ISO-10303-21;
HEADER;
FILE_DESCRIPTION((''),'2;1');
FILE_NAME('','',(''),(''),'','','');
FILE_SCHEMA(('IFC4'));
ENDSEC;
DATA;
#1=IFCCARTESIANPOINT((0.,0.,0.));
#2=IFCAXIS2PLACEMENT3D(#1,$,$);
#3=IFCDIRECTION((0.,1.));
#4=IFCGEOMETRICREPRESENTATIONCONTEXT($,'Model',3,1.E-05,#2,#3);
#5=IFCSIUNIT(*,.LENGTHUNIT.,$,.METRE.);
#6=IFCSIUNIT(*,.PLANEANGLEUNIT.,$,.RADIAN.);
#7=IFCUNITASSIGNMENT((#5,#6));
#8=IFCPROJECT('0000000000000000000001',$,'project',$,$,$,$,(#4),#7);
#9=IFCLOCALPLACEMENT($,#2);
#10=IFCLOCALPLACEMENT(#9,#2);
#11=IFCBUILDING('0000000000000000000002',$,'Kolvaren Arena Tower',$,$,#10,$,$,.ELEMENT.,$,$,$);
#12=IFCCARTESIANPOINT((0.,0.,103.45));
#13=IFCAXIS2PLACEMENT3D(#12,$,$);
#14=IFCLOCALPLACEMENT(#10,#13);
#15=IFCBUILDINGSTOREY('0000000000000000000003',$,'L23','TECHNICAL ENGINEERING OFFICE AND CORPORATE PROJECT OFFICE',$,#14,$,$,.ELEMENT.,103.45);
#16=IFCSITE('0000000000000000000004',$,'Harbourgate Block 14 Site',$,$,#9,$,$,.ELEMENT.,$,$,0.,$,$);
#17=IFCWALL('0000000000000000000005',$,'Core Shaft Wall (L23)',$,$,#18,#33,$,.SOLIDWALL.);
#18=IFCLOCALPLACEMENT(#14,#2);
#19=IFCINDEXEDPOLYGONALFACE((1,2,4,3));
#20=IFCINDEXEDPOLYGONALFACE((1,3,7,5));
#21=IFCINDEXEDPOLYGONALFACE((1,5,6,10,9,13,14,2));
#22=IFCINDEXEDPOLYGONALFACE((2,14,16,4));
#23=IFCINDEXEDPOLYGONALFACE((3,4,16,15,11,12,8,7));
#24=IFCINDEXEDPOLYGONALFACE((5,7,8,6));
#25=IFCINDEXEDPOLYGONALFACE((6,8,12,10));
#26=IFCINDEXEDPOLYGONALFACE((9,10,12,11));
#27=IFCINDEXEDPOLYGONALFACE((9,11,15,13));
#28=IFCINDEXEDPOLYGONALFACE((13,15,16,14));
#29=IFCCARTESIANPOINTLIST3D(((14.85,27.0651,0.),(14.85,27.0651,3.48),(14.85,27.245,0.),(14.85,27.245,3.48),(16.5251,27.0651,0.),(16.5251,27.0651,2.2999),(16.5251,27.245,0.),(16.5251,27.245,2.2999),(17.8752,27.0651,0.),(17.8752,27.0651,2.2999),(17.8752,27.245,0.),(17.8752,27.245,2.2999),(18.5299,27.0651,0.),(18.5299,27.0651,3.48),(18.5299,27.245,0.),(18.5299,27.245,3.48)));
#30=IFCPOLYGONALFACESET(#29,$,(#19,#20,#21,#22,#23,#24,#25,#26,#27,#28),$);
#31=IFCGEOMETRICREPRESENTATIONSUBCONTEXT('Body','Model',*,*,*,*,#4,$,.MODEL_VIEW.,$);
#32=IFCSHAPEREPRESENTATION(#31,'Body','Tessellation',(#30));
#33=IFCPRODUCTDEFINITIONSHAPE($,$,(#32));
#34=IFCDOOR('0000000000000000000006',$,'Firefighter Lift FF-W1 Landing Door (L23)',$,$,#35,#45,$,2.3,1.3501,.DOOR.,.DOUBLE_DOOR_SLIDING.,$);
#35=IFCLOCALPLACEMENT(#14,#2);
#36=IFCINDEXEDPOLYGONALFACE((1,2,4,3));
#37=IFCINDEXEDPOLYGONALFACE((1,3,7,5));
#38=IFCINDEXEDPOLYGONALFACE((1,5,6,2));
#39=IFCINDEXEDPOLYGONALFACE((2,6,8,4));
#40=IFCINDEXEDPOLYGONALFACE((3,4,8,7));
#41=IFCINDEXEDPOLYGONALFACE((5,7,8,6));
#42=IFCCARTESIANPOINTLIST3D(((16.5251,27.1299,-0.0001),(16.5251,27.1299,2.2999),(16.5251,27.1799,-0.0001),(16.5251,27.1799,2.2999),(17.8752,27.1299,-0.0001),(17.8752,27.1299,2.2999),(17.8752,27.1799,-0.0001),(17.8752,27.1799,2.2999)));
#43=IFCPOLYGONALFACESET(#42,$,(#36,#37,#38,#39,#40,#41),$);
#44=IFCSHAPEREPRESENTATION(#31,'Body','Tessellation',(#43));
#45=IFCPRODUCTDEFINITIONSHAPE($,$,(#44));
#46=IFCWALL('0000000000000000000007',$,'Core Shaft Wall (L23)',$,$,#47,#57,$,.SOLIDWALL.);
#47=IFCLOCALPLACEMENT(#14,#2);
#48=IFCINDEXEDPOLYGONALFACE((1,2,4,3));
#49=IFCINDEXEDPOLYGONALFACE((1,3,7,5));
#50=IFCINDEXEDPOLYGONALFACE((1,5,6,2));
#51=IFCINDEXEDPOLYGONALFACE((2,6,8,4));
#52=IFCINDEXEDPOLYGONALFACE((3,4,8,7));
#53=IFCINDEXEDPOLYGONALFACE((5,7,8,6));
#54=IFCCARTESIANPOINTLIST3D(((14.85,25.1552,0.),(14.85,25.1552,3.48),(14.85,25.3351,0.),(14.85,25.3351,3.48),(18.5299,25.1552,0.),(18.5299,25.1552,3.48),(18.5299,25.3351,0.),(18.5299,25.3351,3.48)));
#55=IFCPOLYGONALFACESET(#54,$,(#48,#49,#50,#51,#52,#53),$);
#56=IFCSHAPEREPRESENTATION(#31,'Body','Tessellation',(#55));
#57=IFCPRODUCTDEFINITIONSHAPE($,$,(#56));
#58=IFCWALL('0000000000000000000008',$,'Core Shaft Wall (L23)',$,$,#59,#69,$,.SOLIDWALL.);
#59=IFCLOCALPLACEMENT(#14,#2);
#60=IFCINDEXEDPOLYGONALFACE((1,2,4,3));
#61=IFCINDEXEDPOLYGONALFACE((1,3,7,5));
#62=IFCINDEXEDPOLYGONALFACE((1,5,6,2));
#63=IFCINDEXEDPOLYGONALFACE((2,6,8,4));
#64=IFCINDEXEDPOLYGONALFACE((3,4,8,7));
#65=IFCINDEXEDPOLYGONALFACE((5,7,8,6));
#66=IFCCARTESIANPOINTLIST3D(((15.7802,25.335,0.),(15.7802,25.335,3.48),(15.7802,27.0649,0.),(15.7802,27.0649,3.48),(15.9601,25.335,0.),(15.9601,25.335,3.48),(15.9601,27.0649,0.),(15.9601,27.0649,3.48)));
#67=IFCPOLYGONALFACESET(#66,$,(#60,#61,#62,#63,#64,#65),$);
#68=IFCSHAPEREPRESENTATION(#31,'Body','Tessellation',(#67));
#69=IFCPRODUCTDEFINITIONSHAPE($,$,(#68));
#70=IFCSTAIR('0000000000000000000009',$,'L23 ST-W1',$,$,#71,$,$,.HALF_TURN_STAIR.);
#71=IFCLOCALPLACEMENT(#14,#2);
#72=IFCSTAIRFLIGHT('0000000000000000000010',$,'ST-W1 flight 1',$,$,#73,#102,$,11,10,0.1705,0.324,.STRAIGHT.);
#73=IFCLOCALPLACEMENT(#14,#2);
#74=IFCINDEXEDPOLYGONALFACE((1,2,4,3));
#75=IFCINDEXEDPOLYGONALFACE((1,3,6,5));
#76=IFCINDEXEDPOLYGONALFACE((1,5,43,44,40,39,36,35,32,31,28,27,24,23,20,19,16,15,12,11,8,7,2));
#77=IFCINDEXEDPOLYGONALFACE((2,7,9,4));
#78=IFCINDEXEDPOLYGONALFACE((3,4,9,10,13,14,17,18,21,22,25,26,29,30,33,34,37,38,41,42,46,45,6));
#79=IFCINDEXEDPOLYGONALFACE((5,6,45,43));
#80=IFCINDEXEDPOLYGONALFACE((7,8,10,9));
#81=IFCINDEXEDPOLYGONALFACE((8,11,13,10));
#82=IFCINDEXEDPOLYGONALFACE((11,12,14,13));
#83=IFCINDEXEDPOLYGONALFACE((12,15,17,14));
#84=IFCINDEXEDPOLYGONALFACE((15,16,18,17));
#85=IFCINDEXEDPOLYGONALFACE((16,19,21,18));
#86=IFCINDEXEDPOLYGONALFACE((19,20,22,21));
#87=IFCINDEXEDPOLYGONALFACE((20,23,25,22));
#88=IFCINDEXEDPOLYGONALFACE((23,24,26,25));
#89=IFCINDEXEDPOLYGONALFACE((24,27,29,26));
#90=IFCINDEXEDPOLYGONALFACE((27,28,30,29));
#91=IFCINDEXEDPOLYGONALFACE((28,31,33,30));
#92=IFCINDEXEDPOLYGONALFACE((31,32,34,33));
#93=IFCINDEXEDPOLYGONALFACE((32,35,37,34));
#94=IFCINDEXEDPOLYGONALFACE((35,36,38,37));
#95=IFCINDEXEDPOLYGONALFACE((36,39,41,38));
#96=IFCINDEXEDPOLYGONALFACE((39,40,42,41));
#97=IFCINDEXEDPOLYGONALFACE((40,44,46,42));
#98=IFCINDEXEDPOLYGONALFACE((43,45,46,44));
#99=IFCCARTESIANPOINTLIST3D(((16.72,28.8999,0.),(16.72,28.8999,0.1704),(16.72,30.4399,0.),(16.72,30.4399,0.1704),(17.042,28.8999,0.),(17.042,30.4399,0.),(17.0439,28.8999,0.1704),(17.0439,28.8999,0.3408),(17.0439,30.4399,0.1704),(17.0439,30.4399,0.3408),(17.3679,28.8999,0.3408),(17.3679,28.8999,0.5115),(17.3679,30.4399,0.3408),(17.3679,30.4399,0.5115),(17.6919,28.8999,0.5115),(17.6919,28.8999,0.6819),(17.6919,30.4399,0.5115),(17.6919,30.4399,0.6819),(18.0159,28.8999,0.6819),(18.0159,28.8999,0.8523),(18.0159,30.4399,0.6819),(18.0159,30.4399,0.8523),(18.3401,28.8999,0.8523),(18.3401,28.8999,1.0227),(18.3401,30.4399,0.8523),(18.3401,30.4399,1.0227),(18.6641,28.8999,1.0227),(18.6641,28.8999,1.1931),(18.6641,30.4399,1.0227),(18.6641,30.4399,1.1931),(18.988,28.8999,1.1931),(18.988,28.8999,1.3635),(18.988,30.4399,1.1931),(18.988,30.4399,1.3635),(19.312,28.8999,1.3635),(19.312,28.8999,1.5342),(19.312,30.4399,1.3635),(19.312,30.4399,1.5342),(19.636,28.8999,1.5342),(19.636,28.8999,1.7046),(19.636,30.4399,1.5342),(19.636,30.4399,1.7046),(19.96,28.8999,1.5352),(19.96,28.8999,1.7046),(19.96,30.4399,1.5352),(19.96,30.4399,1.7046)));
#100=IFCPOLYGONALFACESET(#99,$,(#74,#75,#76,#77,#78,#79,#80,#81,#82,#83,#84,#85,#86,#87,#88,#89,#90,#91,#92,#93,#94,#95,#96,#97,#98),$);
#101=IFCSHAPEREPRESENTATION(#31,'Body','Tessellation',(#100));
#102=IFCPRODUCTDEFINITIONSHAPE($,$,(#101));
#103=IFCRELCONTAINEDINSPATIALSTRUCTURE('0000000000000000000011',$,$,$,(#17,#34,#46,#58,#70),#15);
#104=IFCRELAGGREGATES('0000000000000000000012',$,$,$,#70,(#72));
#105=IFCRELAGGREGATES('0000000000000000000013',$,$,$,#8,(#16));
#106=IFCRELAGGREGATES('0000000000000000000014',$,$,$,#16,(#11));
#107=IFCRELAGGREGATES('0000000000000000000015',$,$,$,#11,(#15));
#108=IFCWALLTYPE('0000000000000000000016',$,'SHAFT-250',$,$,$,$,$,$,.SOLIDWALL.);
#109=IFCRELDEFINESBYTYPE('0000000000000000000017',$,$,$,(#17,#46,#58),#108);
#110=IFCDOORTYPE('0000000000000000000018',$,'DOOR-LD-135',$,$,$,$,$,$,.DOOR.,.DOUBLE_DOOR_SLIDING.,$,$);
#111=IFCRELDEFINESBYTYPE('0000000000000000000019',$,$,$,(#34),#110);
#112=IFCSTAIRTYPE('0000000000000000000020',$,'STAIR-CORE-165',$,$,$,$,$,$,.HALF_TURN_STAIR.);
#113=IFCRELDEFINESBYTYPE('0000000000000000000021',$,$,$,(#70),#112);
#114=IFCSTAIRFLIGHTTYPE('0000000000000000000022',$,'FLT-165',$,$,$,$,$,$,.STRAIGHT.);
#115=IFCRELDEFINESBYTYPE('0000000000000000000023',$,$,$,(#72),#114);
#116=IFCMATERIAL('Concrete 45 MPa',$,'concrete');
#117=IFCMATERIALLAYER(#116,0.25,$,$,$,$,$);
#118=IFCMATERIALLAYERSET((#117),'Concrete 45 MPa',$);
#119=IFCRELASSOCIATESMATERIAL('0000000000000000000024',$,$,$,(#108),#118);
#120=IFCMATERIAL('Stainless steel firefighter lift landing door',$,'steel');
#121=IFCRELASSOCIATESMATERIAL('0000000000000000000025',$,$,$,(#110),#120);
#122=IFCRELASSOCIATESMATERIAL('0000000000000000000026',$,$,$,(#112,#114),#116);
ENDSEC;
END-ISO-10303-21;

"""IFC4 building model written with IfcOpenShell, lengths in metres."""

from ifc_helpers import new_model, si_unit, direction, frame, frame_2d, origin, place, context, subcontext, project, spatial, polyline, rectangle, outline, extrude, material, layer, layer_set, type_object, element, fill, aggregate, save


model = new_model("IFC4")

# Units and contexts
model_context = context("Model", 3, precision=1e-05, world=origin(), true_north=direction((0.0, 1.0)))
body_context = subcontext(model_context, "Body", "Model", "MODEL_VIEW")
ifc_project = project(units=[si_unit("LENGTHUNIT", "METRE"), si_unit("PLANEANGLEUNIT", "RADIAN")], contexts=[model_context])

# Site, building, storey
site_placement = place(None, origin())
site = spatial("IfcSite", under=ifc_project, at=site_placement, Name="Harbourgate Block 14 Site", CompositionType="ELEMENT", RefElevation=0.0)
building_placement = place(site_placement, origin())
building = spatial("IfcBuilding", under=site, at=building_placement, Name="Kolvaren Arena Tower", CompositionType="ELEMENT")
storey_placement = place(building_placement, frame((0.0, 0.0, 103.45)))
storey = spatial("IfcBuildingStorey", under=building, at=storey_placement, Name="L23", Description="TECHNICAL ENGINEERING OFFICE AND CORPORATE PROJECT OFFICE", CompositionType="ELEMENT", Elevation=103.45)

# Shared definitions
ifc_material_1 = material(Name="Concrete 45 MPa", Category="concrete")
ifc_layer = layer(ifc_material_1, 0.25)
ifc_layer_set = layer_set([ifc_layer], Name="Concrete 45 MPa")
wall_type = type_object("IfcWallType", Name="SHAFT-250", PredefinedType="SOLIDWALL", material=ifc_layer_set)

# Wall, opening, door
wall_1_placement = place(storey_placement, frame((14.8501, 27.155, 0.0), z_axis=(0.0, 0.0, 1.0), x_axis=(1.0, 0.0, 0.0)))
wall_1 = element("IfcWall", 1, at=wall_1_placement, inside=storey, type_object=wall_type, Name="Core Shaft Wall (L23)", PredefinedType="SOLIDWALL", context=body_context, shape_type="SweptSolid", body=[
    extrude(rectangle(XDim=3.6799, YDim=0.1799, at=frame_2d((1.8398, 0.0))), origin(), (0.0, 0.0, 1.0), 3.48),
])
opening_placement = place(wall_1_placement, frame((1.675, 0.0, 0.0)))
opening = element("IfcOpeningElement", 2, at=opening_placement, cuts=wall_1, PredefinedType="OPENING", context=body_context, shape_type="SweptSolid", body=[
    extrude(rectangle(XDim=1.3501, YDim=2.3, at=frame_2d((0.675, 1.1499))), frame((0.0, 0.0999, 0.0), z_axis=(0.0, -1.0, 0.0), x_axis=(1.0, 0.0, 0.0)), (0.0, 0.0, 1.0), 0.2),
])
ifc_material_2 = material(Name="Stainless steel firefighter lift landing door", Category="steel")
door_type = type_object("IfcDoorType", Name="DOOR-LD-135", OperationType="DOUBLE_DOOR_SLIDING", PredefinedType="DOOR", material=ifc_material_2)
door_placement = place(opening_placement, origin())
door = element("IfcDoor", 3, at=door_placement, inside=storey, type_object=door_type, Name="Firefighter Lift FF-W1 Landing Door (L23)", OperationType="DOUBLE_DOOR_SLIDING", OverallHeight=2.3, OverallWidth=1.3501, PredefinedType="DOOR", context=body_context, shape_type="SweptSolid", body=[
    extrude(rectangle(XDim=1.3501, YDim=2.3, at=frame_2d((0.675, 1.1499))), frame((0.0, 0.0249, 0.0), z_axis=(0.0, -1.0, 0.0), x_axis=(1.0, 0.0, 0.0)), (0.0, 0.0, 1.0), 0.05),
])
fill(opening, door)

# Walls
wall_2_placement = place(storey_placement, frame((14.8501, 25.2451, 0.0), z_axis=(0.0, 0.0, 1.0), x_axis=(1.0, 0.0, 0.0)))
element("IfcWall", 4, at=wall_2_placement, inside=storey, type_object=wall_type, Name="Core Shaft Wall (L23)", PredefinedType="SOLIDWALL", context=body_context, shape_type="SweptSolid", body=[
    extrude(rectangle(XDim=3.6799, YDim=0.1799, at=frame_2d((1.8398, 0.0))), origin(), (0.0, 0.0, 1.0), 3.48),
])
wall_3_placement = place(storey_placement, frame((15.8701, 25.335, 0.0), z_axis=(0.0, 0.0, 1.0), x_axis=(0.0, 1.0, 0.0)))
element("IfcWall", 5, at=wall_3_placement, inside=storey, type_object=wall_type, Name="Core Shaft Wall (L23)", PredefinedType="SOLIDWALL", context=body_context, shape_type="SweptSolid", body=[
    extrude(rectangle(XDim=1.73, YDim=0.1799, at=frame_2d((0.865, 0.0))), origin(), (0.0, 0.0, 1.0), 3.48),
])

# Stair, stair flight
stair_type = type_object("IfcStairType", Name="STAIR-CORE-165", PredefinedType="HALF_TURN_STAIR", material=ifc_material_1)
stair_placement = place(storey_placement, origin())
stair = element("IfcStair", 6, at=stair_placement, inside=storey, type_object=stair_type, Name="L23 ST-W1", PredefinedType="HALF_TURN_STAIR")
stair_flight_type = type_object("IfcStairFlightType", Name="FLT-165", PredefinedType="STRAIGHT", material=ifc_material_1)
stair_flight_placement = place(storey_placement, frame((16.72, 29.6699, 0.0), z_axis=(0.0, 0.0, 1.0), x_axis=(1.0, 0.0, 0.0)))
stair_flight = element("IfcStairFlight", 7, at=stair_flight_placement, type_object=stair_flight_type, Name="ST-W1 flight 1", NumberOfRisers=11, NumberOfTreads=10, PredefinedType="STRAIGHT", RiserHeight=0.1705, TreadLength=0.324, context=body_context, shape_type="SweptSolid", body=[
    extrude(outline(polyline([(0.0, 0.0), (0.0, 0.1704), (0.324, 0.1704), (0.324, 0.3408), (0.6479, 0.3408), (0.6479, 0.5115), (0.9719, 0.5115), (0.9719, 0.6819), (1.2959, 0.6819), (1.2959, 0.8523), (1.6201, 0.8523), (1.6201, 1.0227), (1.9441, 1.0227), (1.9441, 1.1931), (2.2681, 1.1931), (2.2681, 1.3635), (2.592, 1.3635), (2.592, 1.5342), (2.916, 1.5342), (2.916, 1.7046), (3.24, 1.7046), (3.24, 1.875), (3.24, 1.5352), (0.322, 0.0), (0.0, 0.0)])), frame((0.0, 0.77, 0.0), z_axis=(0.0, -1.0, 0.0), x_axis=(1.0, 0.0, 0.0)), (0.0, 0.0, 1.0), 1.54),
])
aggregate(stair, [stair_flight])

save(model, "model.ifc")
